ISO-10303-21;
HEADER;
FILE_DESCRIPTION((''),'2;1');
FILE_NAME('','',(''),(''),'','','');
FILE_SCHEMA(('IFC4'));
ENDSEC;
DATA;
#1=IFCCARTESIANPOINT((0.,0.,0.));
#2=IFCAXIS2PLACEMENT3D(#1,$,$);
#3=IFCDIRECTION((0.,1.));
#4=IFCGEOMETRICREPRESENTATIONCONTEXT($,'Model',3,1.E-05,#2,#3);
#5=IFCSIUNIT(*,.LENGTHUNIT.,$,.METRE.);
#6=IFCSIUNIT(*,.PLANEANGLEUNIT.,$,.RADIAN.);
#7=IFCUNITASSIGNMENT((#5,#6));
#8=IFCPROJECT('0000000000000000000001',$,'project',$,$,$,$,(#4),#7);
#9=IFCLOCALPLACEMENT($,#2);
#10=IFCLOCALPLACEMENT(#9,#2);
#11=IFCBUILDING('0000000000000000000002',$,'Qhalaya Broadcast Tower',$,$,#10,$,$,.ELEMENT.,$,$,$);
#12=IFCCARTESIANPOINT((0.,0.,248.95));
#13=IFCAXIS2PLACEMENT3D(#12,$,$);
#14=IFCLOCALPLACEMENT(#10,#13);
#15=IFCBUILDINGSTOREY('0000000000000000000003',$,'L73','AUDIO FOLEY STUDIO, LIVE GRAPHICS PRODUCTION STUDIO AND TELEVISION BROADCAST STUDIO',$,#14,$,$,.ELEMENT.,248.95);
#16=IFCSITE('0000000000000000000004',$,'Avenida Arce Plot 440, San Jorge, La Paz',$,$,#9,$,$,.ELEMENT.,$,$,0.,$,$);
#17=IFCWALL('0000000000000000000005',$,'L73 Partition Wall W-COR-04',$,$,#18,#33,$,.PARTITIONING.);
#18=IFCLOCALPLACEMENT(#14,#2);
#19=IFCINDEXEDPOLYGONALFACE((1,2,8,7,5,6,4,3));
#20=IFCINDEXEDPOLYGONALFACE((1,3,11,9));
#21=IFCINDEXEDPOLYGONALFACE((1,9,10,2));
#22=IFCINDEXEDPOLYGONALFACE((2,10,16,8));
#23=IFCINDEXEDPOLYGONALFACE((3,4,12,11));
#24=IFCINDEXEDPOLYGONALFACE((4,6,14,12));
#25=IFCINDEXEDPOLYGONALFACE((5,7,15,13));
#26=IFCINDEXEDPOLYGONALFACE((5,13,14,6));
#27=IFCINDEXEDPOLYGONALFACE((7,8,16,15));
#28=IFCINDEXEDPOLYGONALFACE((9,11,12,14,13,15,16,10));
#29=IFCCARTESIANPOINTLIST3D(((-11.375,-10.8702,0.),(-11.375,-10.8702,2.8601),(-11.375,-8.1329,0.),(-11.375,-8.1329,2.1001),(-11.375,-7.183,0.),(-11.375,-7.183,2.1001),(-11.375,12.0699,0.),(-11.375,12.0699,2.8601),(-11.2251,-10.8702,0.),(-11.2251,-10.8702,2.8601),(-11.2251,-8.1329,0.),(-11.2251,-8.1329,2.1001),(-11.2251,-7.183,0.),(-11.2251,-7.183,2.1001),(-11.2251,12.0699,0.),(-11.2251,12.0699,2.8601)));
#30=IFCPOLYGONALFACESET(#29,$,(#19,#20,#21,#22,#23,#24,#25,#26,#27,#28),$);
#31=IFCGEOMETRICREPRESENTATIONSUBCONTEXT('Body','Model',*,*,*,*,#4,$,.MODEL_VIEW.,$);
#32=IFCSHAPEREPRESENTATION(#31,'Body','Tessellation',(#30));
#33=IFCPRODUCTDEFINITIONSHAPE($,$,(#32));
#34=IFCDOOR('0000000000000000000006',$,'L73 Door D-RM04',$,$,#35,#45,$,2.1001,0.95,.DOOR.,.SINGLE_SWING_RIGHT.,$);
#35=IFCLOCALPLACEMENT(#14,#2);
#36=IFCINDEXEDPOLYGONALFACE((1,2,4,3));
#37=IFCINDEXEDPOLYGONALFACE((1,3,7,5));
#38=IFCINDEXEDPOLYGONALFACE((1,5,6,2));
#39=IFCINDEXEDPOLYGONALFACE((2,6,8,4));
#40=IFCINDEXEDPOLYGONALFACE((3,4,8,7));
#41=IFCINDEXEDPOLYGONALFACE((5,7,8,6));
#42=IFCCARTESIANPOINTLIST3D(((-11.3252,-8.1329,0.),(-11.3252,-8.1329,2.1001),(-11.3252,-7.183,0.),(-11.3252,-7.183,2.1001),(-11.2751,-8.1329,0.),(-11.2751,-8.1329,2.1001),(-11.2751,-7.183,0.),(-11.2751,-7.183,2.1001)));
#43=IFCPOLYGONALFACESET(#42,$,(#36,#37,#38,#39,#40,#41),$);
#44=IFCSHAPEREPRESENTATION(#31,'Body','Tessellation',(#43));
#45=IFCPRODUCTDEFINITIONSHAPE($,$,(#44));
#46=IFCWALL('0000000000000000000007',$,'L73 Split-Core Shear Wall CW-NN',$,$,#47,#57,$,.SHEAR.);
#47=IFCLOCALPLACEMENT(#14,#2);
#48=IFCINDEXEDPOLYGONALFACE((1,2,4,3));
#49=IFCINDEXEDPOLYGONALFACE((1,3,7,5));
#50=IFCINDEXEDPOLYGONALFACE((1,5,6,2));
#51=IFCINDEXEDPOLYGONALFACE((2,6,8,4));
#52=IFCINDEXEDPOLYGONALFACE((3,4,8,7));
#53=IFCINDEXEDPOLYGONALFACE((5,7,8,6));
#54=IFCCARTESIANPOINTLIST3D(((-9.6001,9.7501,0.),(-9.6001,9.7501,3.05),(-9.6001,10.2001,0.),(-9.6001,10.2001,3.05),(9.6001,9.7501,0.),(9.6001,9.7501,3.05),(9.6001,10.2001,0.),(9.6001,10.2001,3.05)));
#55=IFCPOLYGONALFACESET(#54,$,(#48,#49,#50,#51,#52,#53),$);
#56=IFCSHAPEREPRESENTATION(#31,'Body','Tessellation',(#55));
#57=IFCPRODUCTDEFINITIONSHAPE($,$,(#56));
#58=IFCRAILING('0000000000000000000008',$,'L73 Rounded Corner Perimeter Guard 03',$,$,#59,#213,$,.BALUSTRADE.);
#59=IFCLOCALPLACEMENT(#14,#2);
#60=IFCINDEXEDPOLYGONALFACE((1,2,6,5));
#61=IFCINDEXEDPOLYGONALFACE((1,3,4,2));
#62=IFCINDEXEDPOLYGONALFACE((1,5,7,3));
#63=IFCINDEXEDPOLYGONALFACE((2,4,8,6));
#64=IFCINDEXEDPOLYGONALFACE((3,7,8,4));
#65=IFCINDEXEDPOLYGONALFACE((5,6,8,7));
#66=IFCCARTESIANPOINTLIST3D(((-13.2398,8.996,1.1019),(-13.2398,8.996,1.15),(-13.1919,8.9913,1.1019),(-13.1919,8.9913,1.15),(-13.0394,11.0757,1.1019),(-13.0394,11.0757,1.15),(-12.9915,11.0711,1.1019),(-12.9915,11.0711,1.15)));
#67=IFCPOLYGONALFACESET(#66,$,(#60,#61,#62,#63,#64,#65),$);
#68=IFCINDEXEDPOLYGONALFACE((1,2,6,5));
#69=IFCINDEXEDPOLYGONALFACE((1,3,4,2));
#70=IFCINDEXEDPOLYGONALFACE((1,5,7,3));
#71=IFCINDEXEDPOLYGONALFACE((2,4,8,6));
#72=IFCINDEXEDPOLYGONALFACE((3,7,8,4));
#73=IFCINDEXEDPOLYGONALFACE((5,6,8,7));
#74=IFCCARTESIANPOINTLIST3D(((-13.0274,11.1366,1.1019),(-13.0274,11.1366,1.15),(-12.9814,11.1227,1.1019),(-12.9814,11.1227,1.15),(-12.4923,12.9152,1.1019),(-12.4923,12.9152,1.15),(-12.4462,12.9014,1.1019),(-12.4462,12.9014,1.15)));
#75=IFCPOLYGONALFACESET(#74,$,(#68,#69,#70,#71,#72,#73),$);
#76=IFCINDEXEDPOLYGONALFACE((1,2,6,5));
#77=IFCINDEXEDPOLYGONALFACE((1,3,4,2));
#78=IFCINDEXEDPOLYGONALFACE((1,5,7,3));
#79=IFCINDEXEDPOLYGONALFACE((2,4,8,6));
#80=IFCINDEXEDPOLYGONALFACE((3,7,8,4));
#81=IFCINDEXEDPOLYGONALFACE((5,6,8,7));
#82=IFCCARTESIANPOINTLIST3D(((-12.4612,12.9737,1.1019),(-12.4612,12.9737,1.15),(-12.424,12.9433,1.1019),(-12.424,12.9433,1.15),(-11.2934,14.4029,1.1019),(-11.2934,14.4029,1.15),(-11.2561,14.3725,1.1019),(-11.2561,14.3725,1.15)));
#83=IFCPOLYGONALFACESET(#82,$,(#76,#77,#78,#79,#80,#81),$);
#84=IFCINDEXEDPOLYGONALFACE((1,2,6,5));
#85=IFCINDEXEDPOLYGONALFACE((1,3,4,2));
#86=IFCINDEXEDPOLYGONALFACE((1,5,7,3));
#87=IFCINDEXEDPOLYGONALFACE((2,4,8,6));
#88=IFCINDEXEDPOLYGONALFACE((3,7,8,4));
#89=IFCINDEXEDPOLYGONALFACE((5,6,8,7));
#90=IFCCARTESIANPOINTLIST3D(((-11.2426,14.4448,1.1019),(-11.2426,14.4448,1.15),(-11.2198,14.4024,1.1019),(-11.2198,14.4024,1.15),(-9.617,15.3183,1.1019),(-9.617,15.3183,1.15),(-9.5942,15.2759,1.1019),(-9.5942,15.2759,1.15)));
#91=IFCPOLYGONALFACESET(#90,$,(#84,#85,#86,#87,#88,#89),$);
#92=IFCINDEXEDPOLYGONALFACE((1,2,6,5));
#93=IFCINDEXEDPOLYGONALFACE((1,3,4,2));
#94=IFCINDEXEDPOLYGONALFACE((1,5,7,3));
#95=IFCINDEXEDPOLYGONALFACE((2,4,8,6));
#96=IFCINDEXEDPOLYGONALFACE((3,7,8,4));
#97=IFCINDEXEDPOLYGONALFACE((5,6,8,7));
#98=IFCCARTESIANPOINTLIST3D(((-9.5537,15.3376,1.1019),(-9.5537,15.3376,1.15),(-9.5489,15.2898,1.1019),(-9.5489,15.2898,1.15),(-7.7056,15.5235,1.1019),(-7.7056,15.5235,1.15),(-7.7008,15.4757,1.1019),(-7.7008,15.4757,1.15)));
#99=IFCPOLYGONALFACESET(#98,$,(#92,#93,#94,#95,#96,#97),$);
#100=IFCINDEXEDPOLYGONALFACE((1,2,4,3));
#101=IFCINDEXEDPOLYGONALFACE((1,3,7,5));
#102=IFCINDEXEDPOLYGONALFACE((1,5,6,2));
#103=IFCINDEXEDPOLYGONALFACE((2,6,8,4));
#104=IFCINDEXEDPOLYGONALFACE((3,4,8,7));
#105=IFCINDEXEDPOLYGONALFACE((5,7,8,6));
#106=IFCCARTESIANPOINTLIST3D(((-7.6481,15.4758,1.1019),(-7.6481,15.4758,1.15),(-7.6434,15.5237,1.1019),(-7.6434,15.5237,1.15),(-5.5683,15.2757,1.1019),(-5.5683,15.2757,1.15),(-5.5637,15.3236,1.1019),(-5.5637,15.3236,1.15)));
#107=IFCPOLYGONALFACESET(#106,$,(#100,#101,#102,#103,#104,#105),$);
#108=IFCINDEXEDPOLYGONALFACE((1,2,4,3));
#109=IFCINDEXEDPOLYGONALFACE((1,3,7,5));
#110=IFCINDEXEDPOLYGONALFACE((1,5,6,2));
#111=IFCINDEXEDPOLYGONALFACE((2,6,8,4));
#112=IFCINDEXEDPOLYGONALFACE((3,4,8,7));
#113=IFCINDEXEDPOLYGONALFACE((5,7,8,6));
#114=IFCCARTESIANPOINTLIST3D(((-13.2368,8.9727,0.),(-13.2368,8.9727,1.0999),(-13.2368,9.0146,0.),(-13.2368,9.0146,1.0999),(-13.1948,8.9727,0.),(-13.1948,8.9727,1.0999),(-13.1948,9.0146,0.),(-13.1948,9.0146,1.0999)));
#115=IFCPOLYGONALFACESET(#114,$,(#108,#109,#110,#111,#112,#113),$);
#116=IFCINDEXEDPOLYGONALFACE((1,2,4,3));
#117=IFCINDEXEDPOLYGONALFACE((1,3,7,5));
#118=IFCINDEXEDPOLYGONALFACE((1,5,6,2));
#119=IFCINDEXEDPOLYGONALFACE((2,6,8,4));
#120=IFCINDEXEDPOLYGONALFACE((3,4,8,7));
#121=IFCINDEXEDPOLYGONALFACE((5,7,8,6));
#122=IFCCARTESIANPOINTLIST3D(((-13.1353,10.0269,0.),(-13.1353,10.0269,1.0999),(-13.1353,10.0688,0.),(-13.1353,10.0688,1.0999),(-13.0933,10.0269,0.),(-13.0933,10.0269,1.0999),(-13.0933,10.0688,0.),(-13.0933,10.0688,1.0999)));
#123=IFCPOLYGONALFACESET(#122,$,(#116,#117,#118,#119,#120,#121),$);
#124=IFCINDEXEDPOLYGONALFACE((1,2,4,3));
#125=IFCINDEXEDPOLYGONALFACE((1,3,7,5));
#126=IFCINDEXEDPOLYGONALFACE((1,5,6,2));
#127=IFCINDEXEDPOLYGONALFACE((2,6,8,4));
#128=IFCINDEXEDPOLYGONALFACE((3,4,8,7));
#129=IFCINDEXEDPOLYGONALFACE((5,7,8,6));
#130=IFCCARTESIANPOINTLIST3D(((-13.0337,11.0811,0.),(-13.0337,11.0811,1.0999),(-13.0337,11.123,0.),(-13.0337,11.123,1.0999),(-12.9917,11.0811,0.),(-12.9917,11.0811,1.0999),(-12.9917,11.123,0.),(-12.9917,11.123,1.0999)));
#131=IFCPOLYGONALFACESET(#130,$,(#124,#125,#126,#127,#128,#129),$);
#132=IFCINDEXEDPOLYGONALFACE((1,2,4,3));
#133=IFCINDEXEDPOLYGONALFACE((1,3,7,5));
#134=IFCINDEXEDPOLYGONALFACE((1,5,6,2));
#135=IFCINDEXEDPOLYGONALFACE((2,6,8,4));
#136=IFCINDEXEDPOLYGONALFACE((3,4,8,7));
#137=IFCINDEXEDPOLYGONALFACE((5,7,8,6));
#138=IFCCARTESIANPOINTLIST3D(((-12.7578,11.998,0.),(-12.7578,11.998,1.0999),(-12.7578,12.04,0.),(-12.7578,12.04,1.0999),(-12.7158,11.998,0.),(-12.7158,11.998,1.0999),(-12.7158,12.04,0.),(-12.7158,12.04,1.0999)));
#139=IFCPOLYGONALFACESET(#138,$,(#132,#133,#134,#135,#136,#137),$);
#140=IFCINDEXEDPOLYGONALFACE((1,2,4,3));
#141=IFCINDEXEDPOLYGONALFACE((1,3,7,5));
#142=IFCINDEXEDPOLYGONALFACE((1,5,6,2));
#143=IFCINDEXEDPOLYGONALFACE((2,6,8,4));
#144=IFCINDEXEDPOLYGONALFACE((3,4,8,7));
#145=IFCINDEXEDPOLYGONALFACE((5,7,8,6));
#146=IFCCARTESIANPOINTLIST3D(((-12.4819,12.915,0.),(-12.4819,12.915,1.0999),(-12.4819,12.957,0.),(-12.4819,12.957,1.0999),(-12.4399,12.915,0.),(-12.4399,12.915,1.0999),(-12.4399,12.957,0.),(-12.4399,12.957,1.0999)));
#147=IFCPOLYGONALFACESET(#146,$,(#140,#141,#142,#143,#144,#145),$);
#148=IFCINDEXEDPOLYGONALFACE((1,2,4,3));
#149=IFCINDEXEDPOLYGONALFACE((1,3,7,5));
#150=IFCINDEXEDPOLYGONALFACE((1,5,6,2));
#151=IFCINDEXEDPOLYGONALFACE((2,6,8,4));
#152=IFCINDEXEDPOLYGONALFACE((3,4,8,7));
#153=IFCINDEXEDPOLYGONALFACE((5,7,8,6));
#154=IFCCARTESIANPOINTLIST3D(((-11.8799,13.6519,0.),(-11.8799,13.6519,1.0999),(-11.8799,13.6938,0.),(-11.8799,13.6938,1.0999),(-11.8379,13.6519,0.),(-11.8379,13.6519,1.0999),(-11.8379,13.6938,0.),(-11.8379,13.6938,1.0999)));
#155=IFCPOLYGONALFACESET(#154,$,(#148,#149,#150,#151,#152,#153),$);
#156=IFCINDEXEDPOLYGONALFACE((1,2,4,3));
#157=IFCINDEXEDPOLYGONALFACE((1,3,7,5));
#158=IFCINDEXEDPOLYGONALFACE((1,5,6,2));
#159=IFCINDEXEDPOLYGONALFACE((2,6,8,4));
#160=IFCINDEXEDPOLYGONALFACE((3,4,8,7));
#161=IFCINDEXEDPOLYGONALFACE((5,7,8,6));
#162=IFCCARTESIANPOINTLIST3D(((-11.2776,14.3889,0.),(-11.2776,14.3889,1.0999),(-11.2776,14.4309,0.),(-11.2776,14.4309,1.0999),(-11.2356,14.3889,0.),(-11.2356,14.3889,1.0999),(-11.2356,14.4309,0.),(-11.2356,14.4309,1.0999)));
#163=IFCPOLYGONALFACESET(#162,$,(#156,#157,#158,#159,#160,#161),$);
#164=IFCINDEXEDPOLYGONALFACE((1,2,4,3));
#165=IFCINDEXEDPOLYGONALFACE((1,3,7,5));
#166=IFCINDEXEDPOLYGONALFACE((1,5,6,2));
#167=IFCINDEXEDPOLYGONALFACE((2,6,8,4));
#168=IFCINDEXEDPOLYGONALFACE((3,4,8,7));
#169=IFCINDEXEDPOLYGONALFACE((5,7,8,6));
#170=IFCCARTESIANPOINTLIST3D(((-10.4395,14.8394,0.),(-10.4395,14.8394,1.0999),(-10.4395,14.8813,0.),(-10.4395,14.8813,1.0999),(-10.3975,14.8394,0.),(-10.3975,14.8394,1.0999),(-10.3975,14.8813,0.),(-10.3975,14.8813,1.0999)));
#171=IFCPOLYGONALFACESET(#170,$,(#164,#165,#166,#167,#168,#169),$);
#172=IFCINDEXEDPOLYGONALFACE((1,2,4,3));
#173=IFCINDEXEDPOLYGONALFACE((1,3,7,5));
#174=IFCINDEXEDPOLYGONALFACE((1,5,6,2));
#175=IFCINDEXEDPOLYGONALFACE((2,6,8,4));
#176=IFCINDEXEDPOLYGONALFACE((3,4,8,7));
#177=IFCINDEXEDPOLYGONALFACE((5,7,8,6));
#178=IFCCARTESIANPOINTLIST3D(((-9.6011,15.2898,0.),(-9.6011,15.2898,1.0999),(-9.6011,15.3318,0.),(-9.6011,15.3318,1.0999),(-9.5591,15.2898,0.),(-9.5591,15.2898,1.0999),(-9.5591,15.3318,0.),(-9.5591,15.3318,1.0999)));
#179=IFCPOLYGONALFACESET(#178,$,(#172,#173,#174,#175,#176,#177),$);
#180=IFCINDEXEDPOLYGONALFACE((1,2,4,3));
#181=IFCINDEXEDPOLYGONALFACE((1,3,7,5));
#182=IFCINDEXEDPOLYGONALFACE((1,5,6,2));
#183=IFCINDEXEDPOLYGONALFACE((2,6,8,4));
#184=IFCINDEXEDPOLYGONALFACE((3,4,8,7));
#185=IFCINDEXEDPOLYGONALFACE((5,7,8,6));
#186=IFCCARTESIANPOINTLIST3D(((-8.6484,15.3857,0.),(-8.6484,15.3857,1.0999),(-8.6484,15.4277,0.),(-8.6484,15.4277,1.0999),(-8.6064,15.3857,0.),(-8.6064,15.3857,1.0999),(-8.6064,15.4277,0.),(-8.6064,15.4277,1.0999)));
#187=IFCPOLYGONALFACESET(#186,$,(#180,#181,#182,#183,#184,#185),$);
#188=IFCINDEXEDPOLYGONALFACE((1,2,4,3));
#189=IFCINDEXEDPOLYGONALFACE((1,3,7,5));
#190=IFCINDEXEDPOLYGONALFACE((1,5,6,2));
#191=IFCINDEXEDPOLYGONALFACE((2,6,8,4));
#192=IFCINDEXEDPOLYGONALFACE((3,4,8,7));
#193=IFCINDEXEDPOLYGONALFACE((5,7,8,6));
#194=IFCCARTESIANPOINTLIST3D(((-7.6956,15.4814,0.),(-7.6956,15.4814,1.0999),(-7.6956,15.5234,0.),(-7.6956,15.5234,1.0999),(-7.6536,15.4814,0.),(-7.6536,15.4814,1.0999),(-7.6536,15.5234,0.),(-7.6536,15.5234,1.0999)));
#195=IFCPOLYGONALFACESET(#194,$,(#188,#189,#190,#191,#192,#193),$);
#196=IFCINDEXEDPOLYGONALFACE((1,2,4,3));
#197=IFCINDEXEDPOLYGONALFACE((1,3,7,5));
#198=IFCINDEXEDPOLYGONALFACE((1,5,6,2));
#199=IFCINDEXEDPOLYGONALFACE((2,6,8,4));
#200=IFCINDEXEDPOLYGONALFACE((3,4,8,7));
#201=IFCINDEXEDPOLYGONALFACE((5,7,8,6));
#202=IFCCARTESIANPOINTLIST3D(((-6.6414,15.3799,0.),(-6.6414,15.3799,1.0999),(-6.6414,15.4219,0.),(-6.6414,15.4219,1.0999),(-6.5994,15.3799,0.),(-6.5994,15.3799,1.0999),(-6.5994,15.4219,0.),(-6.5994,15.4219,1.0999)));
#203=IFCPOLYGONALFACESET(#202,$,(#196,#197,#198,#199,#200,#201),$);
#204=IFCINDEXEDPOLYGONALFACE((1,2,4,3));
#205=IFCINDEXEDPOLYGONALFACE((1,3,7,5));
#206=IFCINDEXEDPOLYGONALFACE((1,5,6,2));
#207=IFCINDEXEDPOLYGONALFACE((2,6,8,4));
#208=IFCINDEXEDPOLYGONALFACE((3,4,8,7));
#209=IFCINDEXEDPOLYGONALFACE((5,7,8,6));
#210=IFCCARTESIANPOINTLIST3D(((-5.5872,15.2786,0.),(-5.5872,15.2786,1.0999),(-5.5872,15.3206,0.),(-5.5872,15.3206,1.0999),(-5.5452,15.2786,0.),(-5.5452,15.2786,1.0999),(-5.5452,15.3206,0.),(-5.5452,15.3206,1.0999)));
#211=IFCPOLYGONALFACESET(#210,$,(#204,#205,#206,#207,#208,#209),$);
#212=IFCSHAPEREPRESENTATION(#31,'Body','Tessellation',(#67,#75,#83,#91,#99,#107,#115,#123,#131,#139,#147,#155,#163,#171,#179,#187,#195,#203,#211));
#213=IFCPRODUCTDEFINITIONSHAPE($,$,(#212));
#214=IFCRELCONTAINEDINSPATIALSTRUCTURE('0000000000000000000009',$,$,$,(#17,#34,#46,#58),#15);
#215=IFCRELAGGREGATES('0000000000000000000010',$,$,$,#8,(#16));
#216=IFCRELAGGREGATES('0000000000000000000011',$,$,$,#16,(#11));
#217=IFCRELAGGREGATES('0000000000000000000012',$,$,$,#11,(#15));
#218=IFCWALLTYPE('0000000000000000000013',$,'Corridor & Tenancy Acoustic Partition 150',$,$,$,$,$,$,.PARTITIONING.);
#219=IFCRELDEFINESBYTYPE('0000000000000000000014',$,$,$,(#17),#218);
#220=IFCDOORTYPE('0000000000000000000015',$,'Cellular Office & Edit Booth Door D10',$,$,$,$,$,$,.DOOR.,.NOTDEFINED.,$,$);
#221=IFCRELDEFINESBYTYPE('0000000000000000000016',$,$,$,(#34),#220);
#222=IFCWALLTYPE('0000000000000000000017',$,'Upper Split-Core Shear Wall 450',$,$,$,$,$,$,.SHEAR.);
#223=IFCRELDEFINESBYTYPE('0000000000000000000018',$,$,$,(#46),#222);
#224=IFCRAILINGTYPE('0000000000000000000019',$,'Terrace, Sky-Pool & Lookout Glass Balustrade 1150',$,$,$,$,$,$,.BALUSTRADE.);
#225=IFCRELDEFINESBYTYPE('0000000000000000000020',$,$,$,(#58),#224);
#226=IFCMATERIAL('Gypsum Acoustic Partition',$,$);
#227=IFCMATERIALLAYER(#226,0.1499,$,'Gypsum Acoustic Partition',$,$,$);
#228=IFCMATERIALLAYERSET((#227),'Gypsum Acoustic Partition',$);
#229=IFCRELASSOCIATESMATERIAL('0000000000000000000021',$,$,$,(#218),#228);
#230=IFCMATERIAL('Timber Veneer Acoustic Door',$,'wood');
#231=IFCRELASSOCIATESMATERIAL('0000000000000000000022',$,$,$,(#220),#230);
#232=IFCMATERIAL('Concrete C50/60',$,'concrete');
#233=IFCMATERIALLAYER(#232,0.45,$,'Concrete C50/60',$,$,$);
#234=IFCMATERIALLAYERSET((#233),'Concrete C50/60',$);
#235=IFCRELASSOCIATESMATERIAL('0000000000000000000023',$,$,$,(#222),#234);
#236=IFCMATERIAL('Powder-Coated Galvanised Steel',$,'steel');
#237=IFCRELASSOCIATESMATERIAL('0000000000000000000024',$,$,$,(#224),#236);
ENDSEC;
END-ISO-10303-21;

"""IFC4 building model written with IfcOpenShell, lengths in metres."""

from ifc_helpers import new_model, si_unit, direction, frame, frame_2d, origin, origin_2d, place, context, subcontext, project, spatial, rectangle, extrude, material, layer, layer_set, type_object, element, fill, save


model = new_model("IFC4")

# Units and contexts
model_context = context("Model", 3, precision=1e-05, world=origin(), true_north=direction((0.0, 1.0)))
body_context = subcontext(model_context, "Body", "Model", "MODEL_VIEW")
ifc_project = project(units=[si_unit("LENGTHUNIT", "METRE"), si_unit("PLANEANGLEUNIT", "RADIAN")], contexts=[model_context])

# Site, building, storey
site_placement = place(None, origin())
site = spatial("IfcSite", under=ifc_project, at=site_placement, Name="Avenida Arce Plot 440, San Jorge, La Paz", CompositionType="ELEMENT", RefElevation=0.0)
building_placement = place(site_placement, origin())
building = spatial("IfcBuilding", under=site, at=building_placement, Name="Qhalaya Broadcast Tower", CompositionType="ELEMENT")
storey_placement = place(building_placement, frame((0.0, 0.0, 248.95)))
storey = spatial("IfcBuildingStorey", under=building, at=storey_placement, Name="L73", Description="AUDIO FOLEY STUDIO, LIVE GRAPHICS PRODUCTION STUDIO AND TELEVISION BROADCAST STUDIO", CompositionType="ELEMENT", Elevation=248.95)

# Shared definitions
ifc_material_1 = material(Name="Concrete C50/60", Category="concrete")

# Wall, opening, door
ifc_material_2 = material(Name="Gypsum Acoustic Partition")
ifc_layer_1 = layer(ifc_material_2, 0.1499, Name="Gypsum Acoustic Partition")
ifc_layer_set_1 = layer_set([ifc_layer_1], Name="Gypsum Acoustic Partition")
wall_type_1 = type_object("IfcWallType", Name="Corridor & Tenancy Acoustic Partition 150", PredefinedType="PARTITIONING", material=ifc_layer_set_1)
ifc_material_3 = material(Name="Timber Veneer Acoustic Door", Category="wood")
door_type = type_object("IfcDoorType", Name="Cellular Office & Edit Booth Door D10", OperationType="NOTDEFINED", PredefinedType="DOOR", material=ifc_material_3)
wall_1_placement = place(storey_placement, frame((-11.3, 12.0701, 0.0), z_axis=(0.0, 0.0, 1.0), x_axis=(0.0, -1.0, 0.0)))
wall_1 = element("IfcWall", 1, at=wall_1_placement, inside=storey, type_object=wall_type_1, Name="L73 Partition Wall W-COR-04", PredefinedType="PARTITIONING", context=body_context, shape_type="SweptSolid", body=[
    extrude(rectangle(XDim=22.9402, YDim=0.1499, at=frame_2d((11.4702, 0.0))), origin(), (0.0, 0.0, 1.0), 2.8601),
])
opening_1_placement = place(wall_1_placement, frame((19.2529, 0.0, 0.0)))
opening_1 = element("IfcOpeningElement", 2, at=opening_1_placement, cuts=wall_1, PredefinedType="OPENING", context=body_context, shape_type="SweptSolid", body=[
    extrude(rectangle(XDim=0.95, YDim=2.1001, at=frame_2d((0.4751, 1.05))), frame((0.0, 0.0869, 0.0), z_axis=(0.0, -1.0, 0.0), x_axis=(1.0, 0.0, 0.0)), (0.0, 0.0, 1.0), 0.1738),
])
door_1_placement = place(opening_1_placement, origin())
door_1 = element("IfcDoor", 3, at=door_1_placement, inside=storey, type_object=door_type, Name="L73 Door D-RM04", OperationType="SINGLE_SWING_RIGHT", OverallHeight=2.1001, OverallWidth=0.95, PredefinedType="DOOR", context=body_context, shape_type="SweptSolid", body=[
    extrude(rectangle(XDim=0.95, YDim=2.1001, at=frame_2d((0.4751, 1.05))), frame((0.0, 0.0249, 0.0), z_axis=(0.0, -1.0, 0.0), x_axis=(1.0, 0.0, 0.0)), (0.0, 0.0, 1.0), 0.05),
])
fill(opening_1, door_1)

# Wall
ifc_layer_2 = layer(ifc_material_1, 0.45, Name="Concrete C50/60")
ifc_layer_set_2 = layer_set([ifc_layer_2], Name="Concrete C50/60")
wall_type_2 = type_object("IfcWallType", Name="Upper Split-Core Shear Wall 450", PredefinedType="SHEAR", material=ifc_layer_set_2)
wall_2_placement = place(storey_placement, frame((-9.6001, 9.9751, 0.0), z_axis=(0.0, 0.0, 1.0), x_axis=(1.0, 0.0, 0.0)))
element("IfcWall", 4, at=wall_2_placement, inside=storey, type_object=wall_type_2, Name="L73 Split-Core Shear Wall CW-NN", PredefinedType="SHEAR", context=body_context, shape_type="SweptSolid", body=[
    extrude(rectangle(XDim=19.2002, YDim=0.45, at=frame_2d((9.6001, 0.0))), origin(), (0.0, 0.0, 1.0), 3.05),
])

# Railing
ifc_material_4 = material(Name="Powder-Coated Galvanised Steel", Category="steel")
railing_type = type_object("IfcRailingType", Name="Terrace, Sky-Pool & Lookout Glass Balustrade 1150", PredefinedType="BALUSTRADE", material=ifc_material_4)
railing_placement = place(storey_placement, frame((-13.2158, 8.9937, 0.0)))
element("IfcRailing", 5, at=railing_placement, inside=storey, type_object=railing_type, Name="L73 Rounded Corner Perimeter Guard 03", PredefinedType="BALUSTRADE", context=body_context, shape_type="SweptSolid", body=[
    extrude(rectangle(XDim=0.0481, YDim=0.0481, at=origin_2d()), frame((0.0, 0.0, 1.126), z_axis=(0.095897, 0.995391, 0.0), x_axis=(-0.995391, 0.095897, 0.0)), (0.0, 0.0, 1.0), 2.0894),
    extrude(rectangle(XDim=0.0481, YDim=0.0481, at=origin_2d()), frame((0.2114, 2.136, 1.126), z_axis=(0.288096, 0.957601, 0.0), x_axis=(-0.957601, 0.288096, 0.0)), (0.0, 0.0, 1.0), 1.8574),
    extrude(rectangle(XDim=0.0481, YDim=0.0481, at=origin_2d()), frame((0.7732, 3.9648, 1.126), z_axis=(0.632749, 0.774357, 0.0), x_axis=(-0.774357, 0.632749, 0.0)), (0.0, 0.0, 1.0), 1.8457),
    extrude(rectangle(XDim=0.0481, YDim=0.0481, at=origin_2d()), frame((1.9846, 5.4299, 1.126), z_axis=(0.880879, 0.473342, 0.0), x_axis=(-0.473342, 0.880879, 0.0)), (0.0, 0.0, 1.0), 1.8455),
    extrude(rectangle(XDim=0.0481, YDim=0.0481, at=origin_2d()), frame((3.6646, 6.3201, 1.126), z_axis=(0.99498, 0.100072, 0.0), x_axis=(-0.100072, 0.99498, 0.0)), (0.0, 0.0, 1.0), 1.8574),
    extrude(rectangle(XDim=0.0481, YDim=0.0481, at=origin_2d()), frame((5.5701, 6.5061, 1.126), z_axis=(0.995402, -0.095783, 0.0), x_axis=(0.095783, 0.995402, 0.0)), (0.0, 0.0, 1.0), 2.0894),
    extrude(rectangle(XDim=0.042, YDim=0.042, at=origin_2d()), origin(), (0.0, 0.0, 1.0), 1.0999),
    extrude(rectangle(XDim=0.042, YDim=0.042, at=origin_2d()), frame((0.1016, 1.0542, 0.0)), (0.0, 0.0, 1.0), 1.0999),
    extrude(rectangle(XDim=0.042, YDim=0.042, at=origin_2d()), frame((0.2031, 2.1084, 0.0)), (0.0, 0.0, 1.0), 1.0999),
    extrude(rectangle(XDim=0.042, YDim=0.042, at=origin_2d()), frame((0.479, 3.0254, 0.0)), (0.0, 0.0, 1.0), 1.0999),
    extrude(rectangle(XDim=0.042, YDim=0.042, at=origin_2d()), frame((0.7549, 3.9424, 0.0)), (0.0, 0.0, 1.0), 1.0999),
    extrude(rectangle(XDim=0.042, YDim=0.042, at=origin_2d()), frame((1.3569, 4.6792, 0.0)), (0.0, 0.0, 1.0), 1.0999),
    extrude(rectangle(XDim=0.042, YDim=0.042, at=origin_2d()), frame((1.9592, 5.4163, 0.0)), (0.0, 0.0, 1.0), 1.0999),
    extrude(rectangle(XDim=0.042, YDim=0.042, at=origin_2d()), frame((2.7974, 5.8667, 0.0)), (0.0, 0.0, 1.0), 1.0999),
    extrude(rectangle(XDim=0.042, YDim=0.042, at=origin_2d()), frame((3.6357, 6.3171, 0.0)), (0.0, 0.0, 1.0), 1.0999),
    extrude(rectangle(XDim=0.042, YDim=0.042, at=origin_2d()), frame((4.5884, 6.4131, 0.0)), (0.0, 0.0, 1.0), 1.0999),
    extrude(rectangle(XDim=0.042, YDim=0.042, at=origin_2d()), frame((5.5413, 6.5088, 0.0)), (0.0, 0.0, 1.0), 1.0999),
    extrude(rectangle(XDim=0.042, YDim=0.042, at=origin_2d()), frame((6.5955, 6.4072, 0.0)), (0.0, 0.0, 1.0), 1.0999),
    extrude(rectangle(XDim=0.042, YDim=0.042, at=origin_2d()), frame((7.6497, 6.3059, 0.0)), (0.0, 0.0, 1.0), 1.0999),
])

save(model, "model.ifc")
